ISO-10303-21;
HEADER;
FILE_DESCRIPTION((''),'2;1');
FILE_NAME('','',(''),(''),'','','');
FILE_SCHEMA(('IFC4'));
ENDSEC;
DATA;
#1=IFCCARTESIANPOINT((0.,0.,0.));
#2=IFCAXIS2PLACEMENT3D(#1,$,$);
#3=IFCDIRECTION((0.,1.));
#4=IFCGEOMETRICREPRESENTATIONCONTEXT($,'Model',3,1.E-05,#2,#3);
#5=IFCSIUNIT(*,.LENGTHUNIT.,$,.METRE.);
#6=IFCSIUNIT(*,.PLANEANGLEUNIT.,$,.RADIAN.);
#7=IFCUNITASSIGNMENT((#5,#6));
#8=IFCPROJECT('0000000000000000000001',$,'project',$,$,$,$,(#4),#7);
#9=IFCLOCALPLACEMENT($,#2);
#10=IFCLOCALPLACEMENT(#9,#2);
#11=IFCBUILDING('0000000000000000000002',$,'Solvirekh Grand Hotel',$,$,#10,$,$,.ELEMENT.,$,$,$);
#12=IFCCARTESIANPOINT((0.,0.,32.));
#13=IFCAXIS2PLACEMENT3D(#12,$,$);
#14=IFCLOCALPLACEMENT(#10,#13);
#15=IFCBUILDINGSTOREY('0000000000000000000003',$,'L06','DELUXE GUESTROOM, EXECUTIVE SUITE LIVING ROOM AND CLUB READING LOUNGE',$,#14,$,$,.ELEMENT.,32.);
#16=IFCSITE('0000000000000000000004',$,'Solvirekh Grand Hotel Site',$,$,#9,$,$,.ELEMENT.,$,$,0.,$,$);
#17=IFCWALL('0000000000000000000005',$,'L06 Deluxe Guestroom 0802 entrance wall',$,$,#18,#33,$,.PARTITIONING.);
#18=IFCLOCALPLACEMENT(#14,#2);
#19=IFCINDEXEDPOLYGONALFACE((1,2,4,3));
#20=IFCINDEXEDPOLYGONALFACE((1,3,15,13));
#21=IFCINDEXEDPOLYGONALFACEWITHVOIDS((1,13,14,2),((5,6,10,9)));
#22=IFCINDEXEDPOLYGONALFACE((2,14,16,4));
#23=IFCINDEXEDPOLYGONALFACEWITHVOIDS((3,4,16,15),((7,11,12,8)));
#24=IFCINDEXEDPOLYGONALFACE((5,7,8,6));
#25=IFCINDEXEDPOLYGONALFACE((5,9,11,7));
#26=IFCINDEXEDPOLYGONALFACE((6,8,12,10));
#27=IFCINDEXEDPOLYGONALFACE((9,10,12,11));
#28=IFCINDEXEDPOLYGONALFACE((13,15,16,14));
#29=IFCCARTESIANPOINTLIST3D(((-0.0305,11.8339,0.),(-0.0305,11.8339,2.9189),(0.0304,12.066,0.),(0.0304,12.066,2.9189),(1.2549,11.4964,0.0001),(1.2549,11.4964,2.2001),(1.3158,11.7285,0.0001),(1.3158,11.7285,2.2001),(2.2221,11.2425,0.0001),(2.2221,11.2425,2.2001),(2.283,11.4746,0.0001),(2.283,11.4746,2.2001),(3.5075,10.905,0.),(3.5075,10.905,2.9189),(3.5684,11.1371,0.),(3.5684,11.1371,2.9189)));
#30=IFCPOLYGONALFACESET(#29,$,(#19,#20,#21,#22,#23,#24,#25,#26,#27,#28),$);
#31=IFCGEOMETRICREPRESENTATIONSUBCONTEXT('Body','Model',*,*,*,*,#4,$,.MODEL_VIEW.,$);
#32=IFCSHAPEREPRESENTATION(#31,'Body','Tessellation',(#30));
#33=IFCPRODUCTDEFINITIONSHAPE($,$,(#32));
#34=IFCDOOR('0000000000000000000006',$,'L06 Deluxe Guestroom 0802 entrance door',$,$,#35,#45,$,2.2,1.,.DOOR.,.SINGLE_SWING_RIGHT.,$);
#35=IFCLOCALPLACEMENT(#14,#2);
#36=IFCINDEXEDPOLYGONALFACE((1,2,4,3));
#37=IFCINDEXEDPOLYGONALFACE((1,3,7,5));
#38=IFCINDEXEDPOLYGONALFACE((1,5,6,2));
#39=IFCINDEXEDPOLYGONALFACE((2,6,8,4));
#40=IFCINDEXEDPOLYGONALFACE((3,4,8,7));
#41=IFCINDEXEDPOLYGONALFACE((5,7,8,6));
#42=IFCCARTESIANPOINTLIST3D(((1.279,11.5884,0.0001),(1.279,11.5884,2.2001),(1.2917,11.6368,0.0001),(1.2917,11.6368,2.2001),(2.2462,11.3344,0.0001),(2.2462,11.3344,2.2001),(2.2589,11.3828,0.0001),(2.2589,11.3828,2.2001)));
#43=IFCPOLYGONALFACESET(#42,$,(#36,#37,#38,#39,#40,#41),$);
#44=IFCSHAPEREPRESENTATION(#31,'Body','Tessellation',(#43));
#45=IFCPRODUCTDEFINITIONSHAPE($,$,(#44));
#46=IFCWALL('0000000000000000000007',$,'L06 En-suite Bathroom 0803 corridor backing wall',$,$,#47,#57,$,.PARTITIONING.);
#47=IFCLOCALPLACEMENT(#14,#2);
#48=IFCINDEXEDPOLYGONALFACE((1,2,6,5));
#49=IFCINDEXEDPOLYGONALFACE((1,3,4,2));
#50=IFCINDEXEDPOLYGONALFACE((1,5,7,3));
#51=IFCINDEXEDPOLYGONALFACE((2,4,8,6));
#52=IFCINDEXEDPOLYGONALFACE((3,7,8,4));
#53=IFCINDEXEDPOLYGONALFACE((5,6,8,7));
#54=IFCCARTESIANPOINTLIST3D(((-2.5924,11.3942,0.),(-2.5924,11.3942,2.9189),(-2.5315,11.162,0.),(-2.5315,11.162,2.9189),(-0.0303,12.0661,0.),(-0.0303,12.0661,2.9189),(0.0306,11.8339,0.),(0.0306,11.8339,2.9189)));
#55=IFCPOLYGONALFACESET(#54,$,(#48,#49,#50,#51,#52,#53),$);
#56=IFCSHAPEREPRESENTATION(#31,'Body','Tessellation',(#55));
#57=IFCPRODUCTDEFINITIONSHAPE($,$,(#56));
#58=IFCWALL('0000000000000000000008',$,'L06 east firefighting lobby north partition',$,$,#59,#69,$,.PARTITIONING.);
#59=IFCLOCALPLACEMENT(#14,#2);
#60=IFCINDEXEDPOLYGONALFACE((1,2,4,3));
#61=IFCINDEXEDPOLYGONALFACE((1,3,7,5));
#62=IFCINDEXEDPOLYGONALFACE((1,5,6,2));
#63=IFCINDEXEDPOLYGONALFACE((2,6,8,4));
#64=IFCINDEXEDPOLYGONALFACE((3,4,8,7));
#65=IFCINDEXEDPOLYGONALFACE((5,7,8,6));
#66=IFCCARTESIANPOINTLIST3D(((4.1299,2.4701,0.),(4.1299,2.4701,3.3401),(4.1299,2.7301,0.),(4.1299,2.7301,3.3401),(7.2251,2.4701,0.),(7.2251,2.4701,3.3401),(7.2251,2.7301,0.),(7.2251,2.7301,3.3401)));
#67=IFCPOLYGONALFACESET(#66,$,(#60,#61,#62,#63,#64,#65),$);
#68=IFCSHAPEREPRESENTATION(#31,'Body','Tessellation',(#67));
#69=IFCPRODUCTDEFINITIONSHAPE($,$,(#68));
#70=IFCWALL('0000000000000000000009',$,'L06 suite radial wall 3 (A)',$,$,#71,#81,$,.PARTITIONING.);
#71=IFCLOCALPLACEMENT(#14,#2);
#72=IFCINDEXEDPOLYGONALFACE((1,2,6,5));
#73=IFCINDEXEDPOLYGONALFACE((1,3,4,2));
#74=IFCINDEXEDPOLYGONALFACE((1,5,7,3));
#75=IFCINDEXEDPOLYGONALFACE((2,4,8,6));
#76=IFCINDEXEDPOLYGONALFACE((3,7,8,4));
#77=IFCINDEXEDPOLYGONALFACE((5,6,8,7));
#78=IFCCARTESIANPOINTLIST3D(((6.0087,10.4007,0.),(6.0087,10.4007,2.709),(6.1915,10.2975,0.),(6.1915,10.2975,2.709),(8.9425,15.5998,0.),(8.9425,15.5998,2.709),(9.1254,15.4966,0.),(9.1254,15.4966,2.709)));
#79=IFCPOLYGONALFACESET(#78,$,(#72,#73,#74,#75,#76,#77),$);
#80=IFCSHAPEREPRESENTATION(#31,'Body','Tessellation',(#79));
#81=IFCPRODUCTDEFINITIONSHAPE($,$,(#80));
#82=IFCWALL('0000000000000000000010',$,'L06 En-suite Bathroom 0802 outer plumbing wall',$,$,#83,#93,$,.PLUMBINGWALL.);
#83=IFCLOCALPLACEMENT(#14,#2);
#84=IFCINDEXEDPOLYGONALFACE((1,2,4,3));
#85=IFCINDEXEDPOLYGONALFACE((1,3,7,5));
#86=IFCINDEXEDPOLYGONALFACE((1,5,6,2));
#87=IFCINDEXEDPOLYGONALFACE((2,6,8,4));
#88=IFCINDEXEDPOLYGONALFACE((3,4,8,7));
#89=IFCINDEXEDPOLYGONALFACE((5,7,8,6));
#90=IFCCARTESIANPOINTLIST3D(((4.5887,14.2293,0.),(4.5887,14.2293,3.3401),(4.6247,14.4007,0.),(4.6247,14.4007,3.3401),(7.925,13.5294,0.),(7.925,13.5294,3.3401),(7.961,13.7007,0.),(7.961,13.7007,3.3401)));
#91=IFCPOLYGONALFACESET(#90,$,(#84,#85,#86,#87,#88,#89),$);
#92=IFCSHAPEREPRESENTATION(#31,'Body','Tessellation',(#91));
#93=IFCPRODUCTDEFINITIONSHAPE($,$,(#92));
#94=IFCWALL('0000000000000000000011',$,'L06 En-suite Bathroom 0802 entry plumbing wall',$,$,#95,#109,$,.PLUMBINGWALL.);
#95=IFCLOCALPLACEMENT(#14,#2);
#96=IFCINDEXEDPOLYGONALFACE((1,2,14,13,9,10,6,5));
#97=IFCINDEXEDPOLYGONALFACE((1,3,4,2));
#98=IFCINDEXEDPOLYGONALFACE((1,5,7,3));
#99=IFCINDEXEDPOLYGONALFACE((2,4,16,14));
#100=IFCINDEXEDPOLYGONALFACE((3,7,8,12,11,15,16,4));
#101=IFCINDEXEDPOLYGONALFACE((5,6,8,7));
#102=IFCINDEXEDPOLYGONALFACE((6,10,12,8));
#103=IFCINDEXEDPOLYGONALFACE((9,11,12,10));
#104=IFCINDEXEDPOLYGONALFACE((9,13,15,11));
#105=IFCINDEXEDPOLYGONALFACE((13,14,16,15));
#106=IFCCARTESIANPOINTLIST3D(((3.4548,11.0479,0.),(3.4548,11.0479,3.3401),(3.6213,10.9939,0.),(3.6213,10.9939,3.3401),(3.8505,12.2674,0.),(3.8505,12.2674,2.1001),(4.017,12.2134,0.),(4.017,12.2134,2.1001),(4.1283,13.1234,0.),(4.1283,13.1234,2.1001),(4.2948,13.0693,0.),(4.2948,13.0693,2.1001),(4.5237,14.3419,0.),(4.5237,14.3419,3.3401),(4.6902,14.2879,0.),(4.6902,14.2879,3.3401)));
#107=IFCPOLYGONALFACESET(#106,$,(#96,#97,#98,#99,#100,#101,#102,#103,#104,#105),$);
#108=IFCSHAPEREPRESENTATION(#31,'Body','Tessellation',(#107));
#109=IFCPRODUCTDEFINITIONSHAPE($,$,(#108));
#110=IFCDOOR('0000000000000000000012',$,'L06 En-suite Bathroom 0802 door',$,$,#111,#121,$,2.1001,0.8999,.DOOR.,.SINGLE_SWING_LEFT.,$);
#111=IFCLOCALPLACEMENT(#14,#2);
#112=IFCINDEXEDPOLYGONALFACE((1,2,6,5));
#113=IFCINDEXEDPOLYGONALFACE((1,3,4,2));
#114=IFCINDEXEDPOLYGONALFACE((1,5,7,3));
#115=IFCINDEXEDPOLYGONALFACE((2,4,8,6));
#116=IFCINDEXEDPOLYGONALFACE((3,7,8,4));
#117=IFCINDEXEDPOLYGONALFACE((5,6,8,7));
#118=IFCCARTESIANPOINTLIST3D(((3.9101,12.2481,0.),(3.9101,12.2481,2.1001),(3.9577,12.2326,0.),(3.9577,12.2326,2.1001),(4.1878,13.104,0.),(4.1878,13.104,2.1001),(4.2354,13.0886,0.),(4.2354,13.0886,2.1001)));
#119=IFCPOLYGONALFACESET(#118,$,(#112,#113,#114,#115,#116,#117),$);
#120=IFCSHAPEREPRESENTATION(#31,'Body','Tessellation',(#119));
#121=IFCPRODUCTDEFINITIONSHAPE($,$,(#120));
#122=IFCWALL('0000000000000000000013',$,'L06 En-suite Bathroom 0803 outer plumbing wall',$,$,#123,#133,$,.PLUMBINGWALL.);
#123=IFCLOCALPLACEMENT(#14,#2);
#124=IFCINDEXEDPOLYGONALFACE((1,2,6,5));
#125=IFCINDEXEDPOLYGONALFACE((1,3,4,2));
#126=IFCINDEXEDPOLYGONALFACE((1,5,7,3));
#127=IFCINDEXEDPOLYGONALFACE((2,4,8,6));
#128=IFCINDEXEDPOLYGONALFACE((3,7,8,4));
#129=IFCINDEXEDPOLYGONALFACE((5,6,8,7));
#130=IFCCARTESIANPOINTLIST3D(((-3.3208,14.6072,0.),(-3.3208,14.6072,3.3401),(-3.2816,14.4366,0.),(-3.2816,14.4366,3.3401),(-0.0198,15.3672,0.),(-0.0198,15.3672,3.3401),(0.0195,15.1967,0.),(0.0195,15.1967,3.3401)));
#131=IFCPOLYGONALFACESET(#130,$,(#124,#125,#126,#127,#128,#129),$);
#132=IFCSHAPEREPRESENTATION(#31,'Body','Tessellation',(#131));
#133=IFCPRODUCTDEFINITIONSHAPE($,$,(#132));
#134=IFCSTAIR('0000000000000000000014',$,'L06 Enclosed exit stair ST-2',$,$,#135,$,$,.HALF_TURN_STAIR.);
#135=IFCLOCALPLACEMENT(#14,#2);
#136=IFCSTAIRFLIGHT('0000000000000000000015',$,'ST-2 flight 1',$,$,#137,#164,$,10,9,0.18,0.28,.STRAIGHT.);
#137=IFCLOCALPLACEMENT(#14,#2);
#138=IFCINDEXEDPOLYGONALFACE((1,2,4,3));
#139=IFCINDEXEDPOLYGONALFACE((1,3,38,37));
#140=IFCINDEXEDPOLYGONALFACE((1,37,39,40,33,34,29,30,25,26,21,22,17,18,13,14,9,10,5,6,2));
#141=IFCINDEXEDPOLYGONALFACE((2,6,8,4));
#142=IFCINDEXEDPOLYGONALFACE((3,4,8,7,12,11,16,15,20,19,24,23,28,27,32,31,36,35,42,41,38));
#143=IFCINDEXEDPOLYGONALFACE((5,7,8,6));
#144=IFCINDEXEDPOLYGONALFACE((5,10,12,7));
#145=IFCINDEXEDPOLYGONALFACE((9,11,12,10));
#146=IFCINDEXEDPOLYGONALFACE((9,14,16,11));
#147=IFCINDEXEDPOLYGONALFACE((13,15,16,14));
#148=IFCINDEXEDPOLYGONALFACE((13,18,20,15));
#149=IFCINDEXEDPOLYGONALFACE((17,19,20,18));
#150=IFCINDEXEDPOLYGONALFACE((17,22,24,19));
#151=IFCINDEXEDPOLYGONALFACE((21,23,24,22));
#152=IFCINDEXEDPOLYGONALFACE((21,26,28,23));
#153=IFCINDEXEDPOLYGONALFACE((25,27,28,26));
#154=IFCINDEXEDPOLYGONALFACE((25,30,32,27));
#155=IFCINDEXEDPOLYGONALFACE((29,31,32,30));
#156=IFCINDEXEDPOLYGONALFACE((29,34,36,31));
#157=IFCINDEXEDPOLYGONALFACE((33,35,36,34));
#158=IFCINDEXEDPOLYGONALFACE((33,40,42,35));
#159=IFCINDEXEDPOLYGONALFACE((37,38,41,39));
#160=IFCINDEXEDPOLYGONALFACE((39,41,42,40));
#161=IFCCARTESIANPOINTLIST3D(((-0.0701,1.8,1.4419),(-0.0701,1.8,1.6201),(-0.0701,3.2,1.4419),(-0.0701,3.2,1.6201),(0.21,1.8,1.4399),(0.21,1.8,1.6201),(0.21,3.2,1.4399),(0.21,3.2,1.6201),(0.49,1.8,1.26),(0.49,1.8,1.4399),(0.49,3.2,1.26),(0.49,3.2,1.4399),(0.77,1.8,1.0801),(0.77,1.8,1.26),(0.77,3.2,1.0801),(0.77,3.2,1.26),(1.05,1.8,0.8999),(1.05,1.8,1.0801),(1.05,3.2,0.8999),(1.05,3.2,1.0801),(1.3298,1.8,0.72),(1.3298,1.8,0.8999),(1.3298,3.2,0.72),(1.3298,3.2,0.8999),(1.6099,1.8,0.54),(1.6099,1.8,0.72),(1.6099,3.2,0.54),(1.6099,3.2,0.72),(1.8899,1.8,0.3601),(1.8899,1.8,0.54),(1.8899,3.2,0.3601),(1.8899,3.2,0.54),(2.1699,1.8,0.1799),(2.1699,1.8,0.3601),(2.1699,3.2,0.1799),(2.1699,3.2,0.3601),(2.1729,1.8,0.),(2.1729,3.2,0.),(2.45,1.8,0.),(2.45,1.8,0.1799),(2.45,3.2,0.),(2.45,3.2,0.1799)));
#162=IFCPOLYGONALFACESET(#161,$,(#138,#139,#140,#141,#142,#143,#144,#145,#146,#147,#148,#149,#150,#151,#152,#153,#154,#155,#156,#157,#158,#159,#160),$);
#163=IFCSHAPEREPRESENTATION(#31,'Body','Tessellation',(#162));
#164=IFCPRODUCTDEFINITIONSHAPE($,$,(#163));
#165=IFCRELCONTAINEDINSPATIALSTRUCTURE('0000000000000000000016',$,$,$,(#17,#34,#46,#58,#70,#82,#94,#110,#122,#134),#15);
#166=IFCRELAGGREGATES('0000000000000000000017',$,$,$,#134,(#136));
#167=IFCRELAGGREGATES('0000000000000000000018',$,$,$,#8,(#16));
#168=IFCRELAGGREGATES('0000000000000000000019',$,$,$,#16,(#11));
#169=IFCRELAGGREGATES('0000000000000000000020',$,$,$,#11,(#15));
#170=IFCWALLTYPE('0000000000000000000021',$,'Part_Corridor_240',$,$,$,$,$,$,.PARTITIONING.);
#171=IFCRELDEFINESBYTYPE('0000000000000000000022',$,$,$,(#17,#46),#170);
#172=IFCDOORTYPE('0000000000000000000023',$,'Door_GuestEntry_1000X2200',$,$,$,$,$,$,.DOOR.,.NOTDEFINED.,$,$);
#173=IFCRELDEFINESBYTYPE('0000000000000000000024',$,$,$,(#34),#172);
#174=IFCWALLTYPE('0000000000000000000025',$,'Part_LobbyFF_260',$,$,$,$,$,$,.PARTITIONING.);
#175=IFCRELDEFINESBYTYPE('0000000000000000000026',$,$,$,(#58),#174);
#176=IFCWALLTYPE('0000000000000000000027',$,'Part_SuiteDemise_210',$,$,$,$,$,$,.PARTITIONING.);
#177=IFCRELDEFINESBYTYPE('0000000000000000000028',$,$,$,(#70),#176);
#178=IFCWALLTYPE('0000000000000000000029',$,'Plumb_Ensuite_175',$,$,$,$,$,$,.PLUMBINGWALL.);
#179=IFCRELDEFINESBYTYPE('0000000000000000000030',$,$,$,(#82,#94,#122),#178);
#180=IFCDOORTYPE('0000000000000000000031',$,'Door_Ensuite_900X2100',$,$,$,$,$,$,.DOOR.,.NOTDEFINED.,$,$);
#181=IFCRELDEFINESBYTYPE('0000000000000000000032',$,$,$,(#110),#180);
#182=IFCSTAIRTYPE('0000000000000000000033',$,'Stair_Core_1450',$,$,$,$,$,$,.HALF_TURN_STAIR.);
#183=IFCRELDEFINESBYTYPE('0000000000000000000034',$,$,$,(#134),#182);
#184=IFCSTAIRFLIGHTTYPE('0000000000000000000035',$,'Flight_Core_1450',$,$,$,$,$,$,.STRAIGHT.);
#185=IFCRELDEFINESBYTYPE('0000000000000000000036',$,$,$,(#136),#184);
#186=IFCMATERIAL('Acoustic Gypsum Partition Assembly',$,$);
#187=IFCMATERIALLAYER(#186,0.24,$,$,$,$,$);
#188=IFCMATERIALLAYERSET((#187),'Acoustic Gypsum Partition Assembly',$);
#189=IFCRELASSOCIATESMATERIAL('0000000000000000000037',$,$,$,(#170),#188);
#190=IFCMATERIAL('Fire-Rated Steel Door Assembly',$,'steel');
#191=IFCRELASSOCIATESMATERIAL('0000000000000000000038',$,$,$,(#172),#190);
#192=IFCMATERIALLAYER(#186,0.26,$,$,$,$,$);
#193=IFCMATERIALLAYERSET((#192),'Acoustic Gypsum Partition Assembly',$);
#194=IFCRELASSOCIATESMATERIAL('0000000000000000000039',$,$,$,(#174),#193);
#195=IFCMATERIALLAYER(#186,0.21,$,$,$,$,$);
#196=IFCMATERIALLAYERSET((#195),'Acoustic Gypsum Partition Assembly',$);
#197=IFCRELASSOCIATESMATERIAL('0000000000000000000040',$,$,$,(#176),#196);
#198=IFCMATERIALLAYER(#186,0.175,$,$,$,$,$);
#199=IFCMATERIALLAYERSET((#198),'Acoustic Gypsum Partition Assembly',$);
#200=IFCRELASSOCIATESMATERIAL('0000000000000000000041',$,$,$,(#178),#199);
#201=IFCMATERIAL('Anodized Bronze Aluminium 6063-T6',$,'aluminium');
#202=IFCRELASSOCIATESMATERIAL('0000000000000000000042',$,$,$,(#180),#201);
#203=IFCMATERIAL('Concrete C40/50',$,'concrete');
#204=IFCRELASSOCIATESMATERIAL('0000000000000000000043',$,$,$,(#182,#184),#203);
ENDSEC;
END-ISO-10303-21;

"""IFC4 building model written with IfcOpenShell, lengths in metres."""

from ifc_helpers import new_model, si_unit, direction, frame, frame_2d, origin, place, context, subcontext, project, spatial, polyline, rectangle, outline, extrude, material, layer, layer_set, type_object, element, fill, aggregate, save


model = new_model("IFC4")

# Units and contexts
model_context = context("Model", 3, precision=1e-05, world=origin(), true_north=direction((0.0, 1.0)))
body_context = subcontext(model_context, "Body", "Model", "MODEL_VIEW")
ifc_project = project(units=[si_unit("LENGTHUNIT", "METRE"), si_unit("PLANEANGLEUNIT", "RADIAN")], contexts=[model_context])

# Site, building, storey
site_placement = place(None, origin())
site = spatial("IfcSite", under=ifc_project, at=site_placement, Name="Solvirekh Grand Hotel Site", CompositionType="ELEMENT", RefElevation=0.0)
building_placement = place(site_placement, origin())
building = spatial("IfcBuilding", under=site, at=building_placement, Name="Solvirekh Grand Hotel", CompositionType="ELEMENT")
storey_placement = place(building_placement, frame((0.0, 0.0, 32.0)))
storey = spatial("IfcBuildingStorey", under=building, at=storey_placement, Name="L06", Description="DELUXE GUESTROOM, EXECUTIVE SUITE LIVING ROOM AND CLUB READING LOUNGE", CompositionType="ELEMENT", Elevation=32.0)

# Shared definitions
ifc_material_1 = material(Name="Anodized Bronze Aluminium 6063-T6", Category="aluminium")

# Shared definitions
ifc_material_2 = material(Name="Concrete C40/50", Category="concrete")

# Shared definitions
ifc_material_3 = material(Name="Acoustic Gypsum Partition Assembly")

# Shared definitions
ifc_layer_1 = layer(ifc_material_3, 0.24)
ifc_layer_set_1 = layer_set([ifc_layer_1], Name="Acoustic Gypsum Partition Assembly")
wall_type_1 = type_object("IfcWallType", Name="Part_Corridor_240", PredefinedType="PARTITIONING", material=ifc_layer_set_1)

# Wall, opening, door
wall_1_placement = place(storey_placement, frame((3.5381, 11.021, 0.0), z_axis=(0.0, 0.0, 1.0), x_axis=(-0.967217, 0.253951, 0.0)))
wall_1 = element("IfcWall", 1, at=wall_1_placement, inside=storey, type_object=wall_type_1, Name="L06 Deluxe Guestroom 0802 entrance wall", PredefinedType="PARTITIONING", context=body_context, shape_type="SweptSolid", body=[
    extrude(rectangle(XDim=3.658, YDim=0.24, at=frame_2d((1.8291, 0.0))), origin(), (0.0, 0.0, 1.0), 2.9189),
])
opening_1_placement = place(wall_1_placement, frame((1.3291, 0.0, 0.0)))
opening_1 = element("IfcOpeningElement", 2, at=opening_1_placement, cuts=wall_1, PredefinedType="OPENING", context=body_context, shape_type="SweptSolid", body=[
    extrude(rectangle(XDim=1.0, YDim=2.2, at=frame_2d((0.5, 1.1001))), frame((0.0, 0.1299, 0.0), z_axis=(0.0, -1.0, 0.0), x_axis=(1.0, 0.0, 0.0)), (0.0, 0.0, 1.0), 0.26),
])
ifc_material_4 = material(Name="Fire-Rated Steel Door Assembly", Category="steel")
door_type_1 = type_object("IfcDoorType", Name="Door_GuestEntry_1000X2200", OperationType="NOTDEFINED", PredefinedType="DOOR", material=ifc_material_4)
door_1_placement = place(opening_1_placement, origin())
door_1 = element("IfcDoor", 3, at=door_1_placement, inside=storey, type_object=door_type_1, Name="L06 Deluxe Guestroom 0802 entrance door", OperationType="SINGLE_SWING_RIGHT", OverallHeight=2.2, OverallWidth=1.0, PredefinedType="DOOR", context=body_context, shape_type="SweptSolid", body=[
    extrude(rectangle(XDim=1.0, YDim=2.2, at=frame_2d((0.5, 1.1001))), frame((0.0, 0.0249, 0.0), z_axis=(0.0, -1.0, 0.0), x_axis=(1.0, 0.0, 0.0)), (0.0, 0.0, 1.0), 0.05),
])
fill(opening_1, door_1)

# Walls
wall_2_placement = place(storey_placement, frame((0.0, 11.95, 0.0), z_axis=(0.0, 0.0, 1.0), x_axis=(-0.967291, -0.253667, 0.0)))
element("IfcWall", 4, at=wall_2_placement, inside=storey, type_object=wall_type_1, Name="L06 En-suite Bathroom 0803 corridor backing wall", PredefinedType="PARTITIONING", context=body_context, shape_type="SweptSolid", body=[
    extrude(rectangle(XDim=2.6487, YDim=0.24, at=frame_2d((1.3242, 0.0))), origin(), (0.0, 0.0, 1.0), 2.9189),
])
ifc_layer_2 = layer(ifc_material_3, 0.26)
ifc_layer_set_2 = layer_set([ifc_layer_2], Name="Acoustic Gypsum Partition Assembly")
wall_type_2 = type_object("IfcWallType", Name="Part_LobbyFF_260", PredefinedType="PARTITIONING", material=ifc_layer_set_2)
wall_3_placement = place(storey_placement, frame((4.1299, 2.6001, 0.0), z_axis=(0.0, 0.0, 1.0), x_axis=(1.0, 0.0, 0.0)))
element("IfcWall", 5, at=wall_3_placement, inside=storey, type_object=wall_type_2, Name="L06 east firefighting lobby north partition", PredefinedType="PARTITIONING", context=body_context, shape_type="SweptSolid", body=[
    extrude(rectangle(XDim=3.0952, YDim=0.26, at=frame_2d((1.5476, 0.0))), origin(), (0.0, 0.0, 1.0), 3.3401),
])
ifc_layer_3 = layer(ifc_material_3, 0.21)
ifc_layer_set_3 = layer_set([ifc_layer_3], Name="Acoustic Gypsum Partition Assembly")
wall_type_3 = type_object("IfcWallType", Name="Part_SuiteDemise_210", PredefinedType="PARTITIONING", material=ifc_layer_set_3)
wall_4_placement = place(storey_placement, frame((6.1001, 10.3491, 0.0), z_axis=(0.0, 0.0, 1.0), x_axis=(0.491459, 0.870901, 0.0)))
element("IfcWall", 6, at=wall_4_placement, inside=storey, type_object=wall_type_3, Name="L06 suite radial wall 3 (A)", PredefinedType="PARTITIONING", context=body_context, shape_type="SweptSolid", body=[
    extrude(rectangle(XDim=5.9697, YDim=0.21, at=frame_2d((2.9849, 0.0))), origin(), (0.0, 0.0, 1.0), 2.709),
])
ifc_layer_4 = layer(ifc_material_3, 0.175)
ifc_layer_set_4 = layer_set([ifc_layer_4], Name="Acoustic Gypsum Partition Assembly")
wall_type_4 = type_object("IfcWallType", Name="Plumb_Ensuite_175", PredefinedType="PLUMBINGWALL", material=ifc_layer_set_4)
wall_5_placement = place(storey_placement, frame((7.9431, 13.615, 0.0), z_axis=(0.0, 0.0, 1.0), x_axis=(-0.978692, 0.205335, 0.0)))
element("IfcWall", 7, at=wall_5_placement, inside=storey, type_object=wall_type_4, Name="L06 En-suite Bathroom 0802 outer plumbing wall", PredefinedType="PLUMBINGWALL", context=body_context, shape_type="SweptSolid", body=[
    extrude(rectangle(XDim=3.4089, YDim=0.175, at=frame_2d((1.7046, 0.0))), origin(), (0.0, 0.0, 1.0), 3.3401),
])

# Wall, opening, door
wall_6_placement = place(storey_placement, frame((3.5381, 11.021, 0.0), z_axis=(0.0, 0.0, 1.0), x_axis=(0.308646, 0.951177, 0.0)))
wall_6 = element("IfcWall", 8, at=wall_6_placement, inside=storey, type_object=wall_type_4, Name="L06 En-suite Bathroom 0802 entry plumbing wall", PredefinedType="PLUMBINGWALL", context=body_context, shape_type="SweptSolid", body=[
    extrude(rectangle(XDim=3.4631, YDim=0.175, at=frame_2d((1.7314, 0.0))), origin(), (0.0, 0.0, 1.0), 3.3401),
])
opening_2_placement = place(wall_6_placement, frame((1.282, 0.0, 0.0)))
opening_2 = element("IfcOpeningElement", 9, at=opening_2_placement, cuts=wall_6, PredefinedType="OPENING", context=body_context, shape_type="SweptSolid", body=[
    extrude(rectangle(XDim=0.8999, YDim=2.1001, at=frame_2d((0.45, 1.05))), frame((0.0, 0.0977, 0.0), z_axis=(0.0, -1.0, 0.0), x_axis=(1.0, 0.0, 0.0)), (0.0, 0.0, 1.0), 0.1951),
])
door_type_2 = type_object("IfcDoorType", Name="Door_Ensuite_900X2100", OperationType="NOTDEFINED", PredefinedType="DOOR", material=ifc_material_1)
door_2_placement = place(opening_2_placement, origin())
door_2 = element("IfcDoor", 10, at=door_2_placement, inside=storey, type_object=door_type_2, Name="L06 En-suite Bathroom 0802 door", OperationType="SINGLE_SWING_LEFT", OverallHeight=2.1001, OverallWidth=0.8999, PredefinedType="DOOR", context=body_context, shape_type="SweptSolid", body=[
    extrude(rectangle(XDim=0.8999, YDim=2.1001, at=frame_2d((0.45, 1.05))), frame((0.0, 0.0249, 0.0), z_axis=(0.0, -1.0, 0.0), x_axis=(1.0, 0.0, 0.0)), (0.0, 0.0, 1.0), 0.05),
])
fill(opening_2, door_2)

# Wall
wall_7_placement = place(storey_placement, frame((0.0, 15.282, 0.0), z_axis=(0.0, 0.0, 1.0), x_axis=(-0.974505, -0.224365, 0.0)))
element("IfcWall", 11, at=wall_7_placement, inside=storey, type_object=wall_type_4, Name="L06 En-suite Bathroom 0803 outer plumbing wall", PredefinedType="PLUMBINGWALL", context=body_context, shape_type="SweptSolid", body=[
    extrude(rectangle(XDim=3.3875, YDim=0.175, at=frame_2d((1.6938, 0.0))), origin(), (0.0, 0.0, 1.0), 3.3401),
])

# Stair, stair flight
stair_type = type_object("IfcStairType", Name="Stair_Core_1450", PredefinedType="HALF_TURN_STAIR", material=ifc_material_2)
stair_placement = place(storey_placement, origin())
stair = element("IfcStair", 12, at=stair_placement, inside=storey, type_object=stair_type, Name="L06 Enclosed exit stair ST-2", PredefinedType="HALF_TURN_STAIR")
stair_flight_type = type_object("IfcStairFlightType", Name="Flight_Core_1450", PredefinedType="STRAIGHT", material=ifc_material_2)
stair_flight_placement = place(storey_placement, frame((2.45, 2.5, 0.0), z_axis=(0.0, 0.0, 1.0), x_axis=(-1.0, 0.0, 0.0)))
stair_flight = element("IfcStairFlight", 13, at=stair_flight_placement, type_object=stair_flight_type, Name="ST-2 flight 1", NumberOfRisers=10, NumberOfTreads=9, PredefinedType="STRAIGHT", RiserHeight=0.18, TreadLength=0.28, context=body_context, shape_type="SweptSolid", body=[
    extrude(outline(polyline([(0.0, 0.0), (0.0, 0.1799), (0.28, 0.1799), (0.28, 0.3601), (0.5601, 0.3601), (0.5601, 0.54), (0.8401, 0.54), (0.8401, 0.72), (1.1201, 0.72), (1.1201, 0.8999), (1.3999, 0.8999), (1.3999, 1.0801), (1.6799, 1.0801), (1.6799, 1.26), (1.96, 1.26), (1.96, 1.4399), (2.24, 1.4399), (2.24, 1.6201), (2.52, 1.6201), (2.52, 1.8), (2.52, 1.4419), (0.2771, 0.0), (0.0, 0.0)])), frame((0.0, 0.7, 0.0), z_axis=(0.0, -1.0, 0.0), x_axis=(1.0, 0.0, 0.0)), (0.0, 0.0, 1.0), 1.3999),
])
aggregate(stair, [stair_flight])

save(model, "model.ifc")
